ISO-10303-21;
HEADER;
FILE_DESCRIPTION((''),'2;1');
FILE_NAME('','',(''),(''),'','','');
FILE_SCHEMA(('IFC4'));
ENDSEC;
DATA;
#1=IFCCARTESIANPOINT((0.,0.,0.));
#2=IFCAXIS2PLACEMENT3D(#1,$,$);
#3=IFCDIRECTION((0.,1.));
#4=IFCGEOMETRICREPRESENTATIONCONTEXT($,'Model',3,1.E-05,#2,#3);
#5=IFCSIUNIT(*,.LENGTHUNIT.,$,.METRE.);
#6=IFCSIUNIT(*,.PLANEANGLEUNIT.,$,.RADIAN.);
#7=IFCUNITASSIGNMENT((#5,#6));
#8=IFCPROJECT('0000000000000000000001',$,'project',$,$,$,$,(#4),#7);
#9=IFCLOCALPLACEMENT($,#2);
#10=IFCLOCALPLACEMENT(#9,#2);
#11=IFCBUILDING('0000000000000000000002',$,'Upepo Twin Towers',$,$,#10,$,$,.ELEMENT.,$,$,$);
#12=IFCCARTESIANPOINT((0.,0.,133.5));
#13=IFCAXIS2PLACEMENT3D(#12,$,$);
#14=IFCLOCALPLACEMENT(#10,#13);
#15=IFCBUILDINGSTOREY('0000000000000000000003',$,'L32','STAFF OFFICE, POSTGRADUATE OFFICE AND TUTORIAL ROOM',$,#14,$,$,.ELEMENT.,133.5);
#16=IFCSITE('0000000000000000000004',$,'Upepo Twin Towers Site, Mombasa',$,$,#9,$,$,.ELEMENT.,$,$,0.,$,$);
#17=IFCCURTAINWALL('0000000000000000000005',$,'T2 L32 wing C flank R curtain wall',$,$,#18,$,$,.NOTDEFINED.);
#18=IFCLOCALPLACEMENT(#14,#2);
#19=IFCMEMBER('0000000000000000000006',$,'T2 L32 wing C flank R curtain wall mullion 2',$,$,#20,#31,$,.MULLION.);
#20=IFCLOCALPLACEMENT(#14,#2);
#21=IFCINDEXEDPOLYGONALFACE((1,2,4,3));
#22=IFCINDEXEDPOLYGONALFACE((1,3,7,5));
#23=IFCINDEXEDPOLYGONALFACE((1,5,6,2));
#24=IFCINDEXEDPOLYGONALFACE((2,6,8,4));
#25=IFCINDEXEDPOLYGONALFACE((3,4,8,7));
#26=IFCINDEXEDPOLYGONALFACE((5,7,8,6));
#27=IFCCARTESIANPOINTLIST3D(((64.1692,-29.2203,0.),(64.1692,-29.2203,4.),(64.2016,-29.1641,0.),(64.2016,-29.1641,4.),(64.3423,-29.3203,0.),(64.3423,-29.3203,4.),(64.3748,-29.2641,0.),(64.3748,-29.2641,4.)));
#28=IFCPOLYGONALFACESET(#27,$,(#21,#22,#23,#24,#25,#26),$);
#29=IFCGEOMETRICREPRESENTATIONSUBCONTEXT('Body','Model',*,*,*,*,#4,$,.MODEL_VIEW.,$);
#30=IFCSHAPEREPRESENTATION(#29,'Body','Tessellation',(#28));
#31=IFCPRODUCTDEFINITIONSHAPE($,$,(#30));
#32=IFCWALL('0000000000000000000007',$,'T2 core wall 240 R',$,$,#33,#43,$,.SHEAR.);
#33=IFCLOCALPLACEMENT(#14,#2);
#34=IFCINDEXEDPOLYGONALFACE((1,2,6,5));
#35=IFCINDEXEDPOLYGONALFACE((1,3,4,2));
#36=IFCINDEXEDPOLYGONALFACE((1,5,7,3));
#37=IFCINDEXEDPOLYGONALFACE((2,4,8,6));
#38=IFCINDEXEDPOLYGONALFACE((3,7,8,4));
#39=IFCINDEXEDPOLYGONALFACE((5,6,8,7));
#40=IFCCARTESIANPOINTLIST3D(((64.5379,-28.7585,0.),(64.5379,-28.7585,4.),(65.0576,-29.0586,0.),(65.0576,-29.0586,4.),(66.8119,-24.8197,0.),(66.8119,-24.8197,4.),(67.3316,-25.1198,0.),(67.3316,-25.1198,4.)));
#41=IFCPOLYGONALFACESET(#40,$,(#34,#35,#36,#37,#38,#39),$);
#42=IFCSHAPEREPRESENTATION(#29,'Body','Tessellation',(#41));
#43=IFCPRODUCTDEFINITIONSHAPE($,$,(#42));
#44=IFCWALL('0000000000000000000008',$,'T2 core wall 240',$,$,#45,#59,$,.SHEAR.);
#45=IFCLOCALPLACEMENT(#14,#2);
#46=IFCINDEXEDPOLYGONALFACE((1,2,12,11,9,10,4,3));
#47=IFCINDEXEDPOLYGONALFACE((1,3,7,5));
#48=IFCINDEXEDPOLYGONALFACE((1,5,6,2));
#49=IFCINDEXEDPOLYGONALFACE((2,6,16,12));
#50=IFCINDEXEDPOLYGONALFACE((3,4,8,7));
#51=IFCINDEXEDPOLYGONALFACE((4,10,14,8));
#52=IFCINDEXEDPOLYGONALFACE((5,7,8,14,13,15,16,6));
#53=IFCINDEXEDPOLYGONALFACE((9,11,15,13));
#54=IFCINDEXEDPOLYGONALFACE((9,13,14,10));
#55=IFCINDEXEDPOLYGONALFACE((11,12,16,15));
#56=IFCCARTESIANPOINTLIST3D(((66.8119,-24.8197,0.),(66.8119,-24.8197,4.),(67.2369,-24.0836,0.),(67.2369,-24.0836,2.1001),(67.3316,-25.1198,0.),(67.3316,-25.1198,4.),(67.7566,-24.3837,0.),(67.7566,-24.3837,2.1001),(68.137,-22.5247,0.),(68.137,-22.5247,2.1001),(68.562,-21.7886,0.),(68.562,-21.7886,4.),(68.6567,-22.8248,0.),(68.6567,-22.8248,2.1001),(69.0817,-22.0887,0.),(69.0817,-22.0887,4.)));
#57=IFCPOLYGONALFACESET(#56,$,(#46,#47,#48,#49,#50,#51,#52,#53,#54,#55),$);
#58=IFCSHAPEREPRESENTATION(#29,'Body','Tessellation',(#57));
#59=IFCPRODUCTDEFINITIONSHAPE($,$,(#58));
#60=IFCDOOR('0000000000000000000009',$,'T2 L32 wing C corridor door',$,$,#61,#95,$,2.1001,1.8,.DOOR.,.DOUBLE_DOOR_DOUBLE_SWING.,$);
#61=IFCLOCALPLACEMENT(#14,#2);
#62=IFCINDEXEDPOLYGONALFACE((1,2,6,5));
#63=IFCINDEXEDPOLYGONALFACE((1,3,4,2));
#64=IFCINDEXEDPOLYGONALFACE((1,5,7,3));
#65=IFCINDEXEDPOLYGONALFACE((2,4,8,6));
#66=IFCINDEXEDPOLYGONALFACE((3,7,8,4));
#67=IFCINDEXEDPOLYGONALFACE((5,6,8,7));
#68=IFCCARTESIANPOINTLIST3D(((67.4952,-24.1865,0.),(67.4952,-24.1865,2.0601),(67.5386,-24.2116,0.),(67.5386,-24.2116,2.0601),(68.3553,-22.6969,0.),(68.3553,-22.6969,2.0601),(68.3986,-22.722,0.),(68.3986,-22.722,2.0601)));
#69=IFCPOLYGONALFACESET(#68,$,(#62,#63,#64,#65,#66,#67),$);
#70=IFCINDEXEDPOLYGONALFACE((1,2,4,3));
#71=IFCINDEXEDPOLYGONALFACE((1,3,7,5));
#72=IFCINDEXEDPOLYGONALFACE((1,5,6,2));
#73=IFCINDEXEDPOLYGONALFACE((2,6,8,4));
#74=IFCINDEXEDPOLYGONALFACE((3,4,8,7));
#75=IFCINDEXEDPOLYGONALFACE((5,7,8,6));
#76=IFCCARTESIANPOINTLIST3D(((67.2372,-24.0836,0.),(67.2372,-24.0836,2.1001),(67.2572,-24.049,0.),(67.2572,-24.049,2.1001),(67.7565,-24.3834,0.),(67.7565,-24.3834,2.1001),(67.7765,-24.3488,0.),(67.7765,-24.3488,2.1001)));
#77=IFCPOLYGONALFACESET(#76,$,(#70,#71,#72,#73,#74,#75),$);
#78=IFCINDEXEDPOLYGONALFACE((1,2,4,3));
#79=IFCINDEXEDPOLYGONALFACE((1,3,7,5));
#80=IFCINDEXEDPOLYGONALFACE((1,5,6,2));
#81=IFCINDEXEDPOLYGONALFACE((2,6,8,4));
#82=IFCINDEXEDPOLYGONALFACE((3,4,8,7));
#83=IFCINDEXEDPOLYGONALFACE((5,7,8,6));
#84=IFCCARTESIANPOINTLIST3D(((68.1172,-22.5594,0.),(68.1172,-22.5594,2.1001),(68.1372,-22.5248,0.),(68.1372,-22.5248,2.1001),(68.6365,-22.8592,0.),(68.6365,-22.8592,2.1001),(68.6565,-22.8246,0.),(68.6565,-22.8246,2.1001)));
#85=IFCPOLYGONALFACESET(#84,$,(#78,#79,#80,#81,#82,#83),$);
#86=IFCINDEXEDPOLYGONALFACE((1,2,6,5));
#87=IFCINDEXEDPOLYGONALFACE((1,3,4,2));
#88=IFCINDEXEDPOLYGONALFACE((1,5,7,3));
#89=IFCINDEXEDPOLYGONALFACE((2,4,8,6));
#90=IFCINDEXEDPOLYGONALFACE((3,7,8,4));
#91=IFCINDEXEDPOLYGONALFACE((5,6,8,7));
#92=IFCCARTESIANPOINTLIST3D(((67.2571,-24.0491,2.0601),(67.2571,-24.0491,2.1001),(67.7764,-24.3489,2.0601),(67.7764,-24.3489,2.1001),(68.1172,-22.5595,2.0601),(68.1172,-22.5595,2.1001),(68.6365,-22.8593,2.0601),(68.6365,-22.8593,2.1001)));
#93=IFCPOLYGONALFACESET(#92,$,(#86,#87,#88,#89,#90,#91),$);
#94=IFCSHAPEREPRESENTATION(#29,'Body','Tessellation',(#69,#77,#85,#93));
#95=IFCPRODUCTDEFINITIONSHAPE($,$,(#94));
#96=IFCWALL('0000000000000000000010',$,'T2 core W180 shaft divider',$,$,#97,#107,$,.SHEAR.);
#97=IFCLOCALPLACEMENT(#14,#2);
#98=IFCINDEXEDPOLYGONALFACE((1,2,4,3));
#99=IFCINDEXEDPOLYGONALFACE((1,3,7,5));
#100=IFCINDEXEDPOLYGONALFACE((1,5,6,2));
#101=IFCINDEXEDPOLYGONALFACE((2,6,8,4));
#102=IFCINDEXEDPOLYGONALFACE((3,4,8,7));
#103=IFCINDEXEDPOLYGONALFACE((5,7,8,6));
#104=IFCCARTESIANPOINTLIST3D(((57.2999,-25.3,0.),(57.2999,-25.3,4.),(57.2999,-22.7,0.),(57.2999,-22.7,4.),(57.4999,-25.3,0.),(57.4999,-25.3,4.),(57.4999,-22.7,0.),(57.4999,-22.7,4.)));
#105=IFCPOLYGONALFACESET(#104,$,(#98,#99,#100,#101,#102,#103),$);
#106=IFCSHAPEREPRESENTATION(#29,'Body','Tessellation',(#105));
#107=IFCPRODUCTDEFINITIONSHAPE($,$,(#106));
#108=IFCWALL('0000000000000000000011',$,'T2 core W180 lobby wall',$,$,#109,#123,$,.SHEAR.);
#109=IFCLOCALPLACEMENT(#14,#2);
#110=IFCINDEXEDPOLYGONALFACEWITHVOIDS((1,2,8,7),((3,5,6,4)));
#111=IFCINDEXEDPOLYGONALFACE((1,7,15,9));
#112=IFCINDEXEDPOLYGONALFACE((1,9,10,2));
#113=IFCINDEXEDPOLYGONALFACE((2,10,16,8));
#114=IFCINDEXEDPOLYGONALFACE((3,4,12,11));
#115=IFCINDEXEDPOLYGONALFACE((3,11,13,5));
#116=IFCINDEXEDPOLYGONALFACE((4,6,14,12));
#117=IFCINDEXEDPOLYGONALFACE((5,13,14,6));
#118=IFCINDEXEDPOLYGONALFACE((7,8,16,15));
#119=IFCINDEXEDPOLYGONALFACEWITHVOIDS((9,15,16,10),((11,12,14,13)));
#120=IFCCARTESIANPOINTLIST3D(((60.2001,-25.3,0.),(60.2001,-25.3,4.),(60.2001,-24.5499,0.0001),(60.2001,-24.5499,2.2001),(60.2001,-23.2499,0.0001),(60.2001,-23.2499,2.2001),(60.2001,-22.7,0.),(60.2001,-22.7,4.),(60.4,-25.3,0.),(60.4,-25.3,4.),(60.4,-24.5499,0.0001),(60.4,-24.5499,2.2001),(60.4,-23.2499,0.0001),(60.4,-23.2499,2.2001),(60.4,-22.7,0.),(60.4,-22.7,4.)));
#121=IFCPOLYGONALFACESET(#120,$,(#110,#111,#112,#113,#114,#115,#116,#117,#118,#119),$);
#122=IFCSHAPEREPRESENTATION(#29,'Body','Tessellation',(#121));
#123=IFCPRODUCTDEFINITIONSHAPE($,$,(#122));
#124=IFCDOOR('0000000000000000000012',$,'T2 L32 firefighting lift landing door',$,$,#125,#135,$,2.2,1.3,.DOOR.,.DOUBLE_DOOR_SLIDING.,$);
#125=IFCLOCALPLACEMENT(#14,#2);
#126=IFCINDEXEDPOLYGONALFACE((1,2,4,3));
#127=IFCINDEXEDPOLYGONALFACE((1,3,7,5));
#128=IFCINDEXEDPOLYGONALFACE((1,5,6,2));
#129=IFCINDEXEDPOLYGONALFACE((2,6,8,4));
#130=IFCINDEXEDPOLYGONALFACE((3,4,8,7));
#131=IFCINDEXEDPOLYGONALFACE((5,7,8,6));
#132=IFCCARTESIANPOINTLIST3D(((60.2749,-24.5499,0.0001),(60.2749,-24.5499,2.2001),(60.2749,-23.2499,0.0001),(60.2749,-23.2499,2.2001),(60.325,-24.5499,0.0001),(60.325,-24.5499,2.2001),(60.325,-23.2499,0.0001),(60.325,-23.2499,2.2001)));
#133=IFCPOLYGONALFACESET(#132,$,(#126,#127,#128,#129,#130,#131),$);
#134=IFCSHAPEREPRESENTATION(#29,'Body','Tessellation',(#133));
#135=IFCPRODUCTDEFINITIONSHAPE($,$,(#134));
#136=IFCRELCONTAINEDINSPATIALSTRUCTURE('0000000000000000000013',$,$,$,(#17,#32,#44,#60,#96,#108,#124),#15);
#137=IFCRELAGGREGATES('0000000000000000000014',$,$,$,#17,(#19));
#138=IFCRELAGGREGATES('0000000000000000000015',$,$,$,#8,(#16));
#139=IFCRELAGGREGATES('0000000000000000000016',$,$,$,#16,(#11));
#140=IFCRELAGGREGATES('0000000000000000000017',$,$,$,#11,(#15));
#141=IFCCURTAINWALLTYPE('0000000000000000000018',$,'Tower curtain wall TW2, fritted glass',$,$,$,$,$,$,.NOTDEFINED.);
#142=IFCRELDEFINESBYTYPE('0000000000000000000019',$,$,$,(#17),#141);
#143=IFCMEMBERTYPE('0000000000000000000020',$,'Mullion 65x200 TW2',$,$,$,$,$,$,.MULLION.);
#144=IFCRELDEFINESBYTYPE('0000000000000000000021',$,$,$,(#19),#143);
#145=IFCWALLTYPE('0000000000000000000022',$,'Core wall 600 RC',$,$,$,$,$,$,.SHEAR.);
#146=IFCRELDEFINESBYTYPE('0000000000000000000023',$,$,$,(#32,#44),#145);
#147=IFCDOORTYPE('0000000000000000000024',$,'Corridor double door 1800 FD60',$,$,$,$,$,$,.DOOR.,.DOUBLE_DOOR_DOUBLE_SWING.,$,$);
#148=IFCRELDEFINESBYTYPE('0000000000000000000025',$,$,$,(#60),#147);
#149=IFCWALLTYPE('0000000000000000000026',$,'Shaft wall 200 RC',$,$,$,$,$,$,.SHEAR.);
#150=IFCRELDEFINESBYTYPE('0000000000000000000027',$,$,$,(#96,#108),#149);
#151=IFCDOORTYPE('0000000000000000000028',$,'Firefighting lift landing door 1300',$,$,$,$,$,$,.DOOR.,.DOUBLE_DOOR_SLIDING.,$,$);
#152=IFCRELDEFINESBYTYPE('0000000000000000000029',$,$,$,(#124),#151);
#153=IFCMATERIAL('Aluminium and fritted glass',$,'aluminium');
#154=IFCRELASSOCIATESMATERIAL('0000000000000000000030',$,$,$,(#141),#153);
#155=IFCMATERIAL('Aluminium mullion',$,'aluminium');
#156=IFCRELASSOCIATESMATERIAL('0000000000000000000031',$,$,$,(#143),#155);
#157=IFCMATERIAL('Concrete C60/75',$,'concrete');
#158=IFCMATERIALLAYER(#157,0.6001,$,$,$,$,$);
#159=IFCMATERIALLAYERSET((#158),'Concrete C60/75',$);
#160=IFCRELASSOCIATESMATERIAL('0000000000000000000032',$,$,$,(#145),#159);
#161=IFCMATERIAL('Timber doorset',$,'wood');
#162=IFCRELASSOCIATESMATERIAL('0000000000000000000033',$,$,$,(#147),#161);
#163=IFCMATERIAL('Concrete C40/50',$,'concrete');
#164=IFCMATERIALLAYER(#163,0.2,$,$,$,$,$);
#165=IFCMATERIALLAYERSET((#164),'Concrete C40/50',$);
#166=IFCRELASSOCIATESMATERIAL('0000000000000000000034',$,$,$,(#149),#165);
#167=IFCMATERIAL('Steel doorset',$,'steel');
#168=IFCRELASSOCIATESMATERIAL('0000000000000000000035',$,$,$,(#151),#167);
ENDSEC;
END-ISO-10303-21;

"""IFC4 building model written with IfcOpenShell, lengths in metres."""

from ifc_helpers import new_model, si_unit, direction, frame, frame_2d, origin, origin_2d, place, context, subcontext, project, spatial, rectangle, extrude, material, layer, layer_set, material_profile, profile_set, type_object, element, fill, aggregate, save


model = new_model("IFC4")

# Units and contexts
model_context = context("Model", 3, precision=1e-05, world=origin(), true_north=direction((0.0, 1.0)))
body_context = subcontext(model_context, "Body", "Model", "MODEL_VIEW")
ifc_project = project(units=[si_unit("LENGTHUNIT", "METRE"), si_unit("PLANEANGLEUNIT", "RADIAN")], contexts=[model_context])

# Site, building, storey
site_placement = place(None, origin())
site = spatial("IfcSite", under=ifc_project, at=site_placement, Name="Upepo Twin Towers Site, Mombasa", CompositionType="ELEMENT", RefElevation=0.0)
building_placement = place(site_placement, origin())
building = spatial("IfcBuilding", under=site, at=building_placement, Name="Upepo Twin Towers", CompositionType="ELEMENT")
storey_placement = place(building_placement, frame((0.0, 0.0, 133.5)))
storey = spatial("IfcBuildingStorey", under=building, at=storey_placement, Name="L32", Description="STAFF OFFICE, POSTGRADUATE OFFICE AND TUTORIAL ROOM", CompositionType="ELEMENT", Elevation=133.5)

# Curtain wall, member
ifc_material_1 = material(Name="Aluminium and fritted glass", Category="aluminium")
curtain_wall_type = type_object("IfcCurtainWallType", Name="Tower curtain wall TW2, fritted glass", PredefinedType="NOTDEFINED", material=ifc_material_1)
curtain_wall_placement = place(storey_placement, origin())
curtain_wall = element("IfcCurtainWall", 1, at=curtain_wall_placement, inside=storey, type_object=curtain_wall_type, Name="T2 L32 wing C flank R curtain wall", PredefinedType="NOTDEFINED")
ifc_material_2 = material(Name="Aluminium mullion", Category="aluminium")
ifc_material_profile = material_profile(ifc_material_2, rectangle(XDim=0.0649, YDim=0.2, at=origin_2d()), Name="MULLION 65x200")
ifc_profile_set = profile_set([ifc_material_profile], Name="Aluminium mullion")
member_type = type_object("IfcMemberType", Name="Mullion 65x200 TW2", PredefinedType="MULLION", material=ifc_profile_set)
member_placement = place(storey_placement, frame((64.272, -29.2422, 0.0), z_axis=(0.0, 0.0, 1.0), x_axis=(-0.5, -0.866025, 0.0)))
member = element("IfcMember", 2, at=member_placement, type_object=member_type, Name="T2 L32 wing C flank R curtain wall mullion 2", PredefinedType="MULLION", context=body_context, shape_type="SweptSolid", body=[
    extrude(rectangle(XDim=0.0649, YDim=0.2, at=origin_2d()), origin(), (0.0, 0.0, 1.0), 4.0),
])
aggregate(curtain_wall, [member])

# Wall
ifc_material_3 = material(Name="Concrete C60/75", Category="concrete")
ifc_layer_1 = layer(ifc_material_3, 0.6001)
ifc_layer_set_1 = layer_set([ifc_layer_1], Name="Concrete C60/75")
wall_type_1 = type_object("IfcWallType", Name="Core wall 600 RC", PredefinedType="SHEAR", material=ifc_layer_set_1)
wall_1_placement = place(storey_placement, frame((64.7979, -28.9084, 0.0), z_axis=(0.0, 0.0, 1.0), x_axis=(0.499984, 0.866035, 0.0)))
element("IfcWall", 3, at=wall_1_placement, inside=storey, type_object=wall_type_1, Name="T2 core wall 240 R", PredefinedType="SHEAR", context=body_context, shape_type="SweptSolid", body=[
    extrude(rectangle(XDim=4.5481, YDim=0.6001, at=frame_2d((2.2739, 0.0))), origin(), (0.0, 0.0, 1.0), 4.0),
])

# Wall, opening, door
wall_2_placement = place(storey_placement, frame((67.0718, -24.9697, 0.0), z_axis=(0.0, 0.0, 1.0), x_axis=(0.50001, 0.866019, 0.0)))
wall_2 = element("IfcWall", 4, at=wall_2_placement, inside=storey, type_object=wall_type_1, Name="T2 core wall 240", PredefinedType="SHEAR", context=body_context, shape_type="SweptSolid", body=[
    extrude(rectangle(XDim=3.5, YDim=0.6001, at=frame_2d((1.75, 0.0))), origin(), (0.0, 0.0, 1.0), 4.0),
])
opening_1_placement = place(wall_2_placement, frame((0.8501, 0.0, 0.0)))
opening_1 = element("IfcOpeningElement", 5, at=opening_1_placement, cuts=wall_2, PredefinedType="OPENING", context=body_context, shape_type="SweptSolid", body=[
    extrude(rectangle(XDim=1.8, YDim=2.1001, at=frame_2d((0.8999, 1.05))), frame((0.0, 0.3101, 0.0), z_axis=(0.0, -1.0, 0.0), x_axis=(1.0, 0.0, 0.0)), (0.0, 0.0, 1.0), 0.6201),
])
ifc_material_4 = material(Name="Timber doorset", Category="wood")
door_type_1 = type_object("IfcDoorType", Name="Corridor double door 1800 FD60", OperationType="DOUBLE_DOOR_DOUBLE_SWING", PredefinedType="DOOR", material=ifc_material_4)
door_1_placement = place(opening_1_placement, origin())
door_1 = element("IfcDoor", 6, at=door_1_placement, inside=storey, type_object=door_type_1, Name="T2 L32 wing C corridor door", OperationType="DOUBLE_DOOR_DOUBLE_SWING", OverallHeight=2.1001, OverallWidth=1.8, PredefinedType="DOOR", context=body_context, shape_type="SweptSolid", body=[
    extrude(rectangle(XDim=1.72, YDim=2.0601, at=frame_2d((0.8999, 1.03))), frame((0.0, 0.0249, 0.0), z_axis=(0.0, -1.0, 0.0), x_axis=(1.0, 0.0, 0.0)), (0.0, 0.0, 1.0), 0.05),
    extrude(rectangle(XDim=0.04, YDim=2.1001, at=frame_2d((0.02, 1.05))), frame((0.0, 0.2998, 0.0), z_axis=(0.0, -1.0, 0.0), x_axis=(1.0, 0.0, 0.0)), (0.0, 0.0, 1.0), 0.5996),
    extrude(rectangle(XDim=0.04, YDim=2.1001, at=frame_2d((1.78, 1.05))), frame((0.0, 0.2998, 0.0), z_axis=(0.0, -1.0, 0.0), x_axis=(1.0, 0.0, 0.0)), (0.0, 0.0, 1.0), 0.5996),
    extrude(rectangle(XDim=1.72, YDim=0.04, at=frame_2d((0.8999, 2.0801))), frame((0.0, 0.2998, 0.0), z_axis=(0.0, -1.0, 0.0), x_axis=(1.0, 0.0, 0.0)), (0.0, 0.0, 1.0), 0.5996),
])
fill(opening_1, door_1)

# Wall
ifc_material_5 = material(Name="Concrete C40/50", Category="concrete")
ifc_layer_2 = layer(ifc_material_5, 0.2)
ifc_layer_set_2 = layer_set([ifc_layer_2], Name="Concrete C40/50")
wall_type_2 = type_object("IfcWallType", Name="Shaft wall 200 RC", PredefinedType="SHEAR", material=ifc_layer_set_2)
wall_3_placement = place(storey_placement, frame((57.3999, -22.7, 0.0), z_axis=(0.0, 0.0, 1.0), x_axis=(0.0, -1.0, 0.0)))
element("IfcWall", 7, at=wall_3_placement, inside=storey, type_object=wall_type_2, Name="T2 core W180 shaft divider", PredefinedType="SHEAR", context=body_context, shape_type="SweptSolid", body=[
    extrude(rectangle(XDim=2.6001, YDim=0.2, at=frame_2d((1.3, 0.0))), origin(), (0.0, 0.0, 1.0), 4.0),
])

# Wall, opening, door
wall_4_placement = place(storey_placement, frame((60.3, -22.7, 0.0), z_axis=(0.0, 0.0, 1.0), x_axis=(0.0, -1.0, 0.0)))
wall_4 = element("IfcWall", 8, at=wall_4_placement, inside=storey, type_object=wall_type_2, Name="T2 core W180 lobby wall", PredefinedType="SHEAR", context=body_context, shape_type="SweptSolid", body=[
    extrude(rectangle(XDim=2.6001, YDim=0.2, at=frame_2d((1.3, 0.0))), origin(), (0.0, 0.0, 1.0), 4.0),
])
opening_2_placement = place(wall_4_placement, frame((0.55, 0.0, 0.0)))
opening_2 = element("IfcOpeningElement", 9, at=opening_2_placement, cuts=wall_4, PredefinedType="OPENING", context=body_context, shape_type="SweptSolid", body=[
    extrude(rectangle(XDim=1.3, YDim=2.2, at=frame_2d((0.6499, 1.1001))), frame((0.0, 0.1099, 0.0), z_axis=(0.0, -1.0, 0.0), x_axis=(1.0, 0.0, 0.0)), (0.0, 0.0, 1.0), 0.22),
])
ifc_material_6 = material(Name="Steel doorset", Category="steel")
door_type_2 = type_object("IfcDoorType", Name="Firefighting lift landing door 1300", OperationType="DOUBLE_DOOR_SLIDING", PredefinedType="DOOR", material=ifc_material_6)
door_2_placement = place(opening_2_placement, origin())
door_2 = element("IfcDoor", 10, at=door_2_placement, inside=storey, type_object=door_type_2, Name="T2 L32 firefighting lift landing door", OperationType="DOUBLE_DOOR_SLIDING", OverallHeight=2.2, OverallWidth=1.3, PredefinedType="DOOR", context=body_context, shape_type="SweptSolid", body=[
    extrude(rectangle(XDim=1.3, YDim=2.2, at=frame_2d((0.6499, 1.1001))), frame((0.0, 0.0249, 0.0), z_axis=(0.0, -1.0, 0.0), x_axis=(1.0, 0.0, 0.0)), (0.0, 0.0, 1.0), 0.05),
])
fill(opening_2, door_2)

save(model, "model.ifc")
